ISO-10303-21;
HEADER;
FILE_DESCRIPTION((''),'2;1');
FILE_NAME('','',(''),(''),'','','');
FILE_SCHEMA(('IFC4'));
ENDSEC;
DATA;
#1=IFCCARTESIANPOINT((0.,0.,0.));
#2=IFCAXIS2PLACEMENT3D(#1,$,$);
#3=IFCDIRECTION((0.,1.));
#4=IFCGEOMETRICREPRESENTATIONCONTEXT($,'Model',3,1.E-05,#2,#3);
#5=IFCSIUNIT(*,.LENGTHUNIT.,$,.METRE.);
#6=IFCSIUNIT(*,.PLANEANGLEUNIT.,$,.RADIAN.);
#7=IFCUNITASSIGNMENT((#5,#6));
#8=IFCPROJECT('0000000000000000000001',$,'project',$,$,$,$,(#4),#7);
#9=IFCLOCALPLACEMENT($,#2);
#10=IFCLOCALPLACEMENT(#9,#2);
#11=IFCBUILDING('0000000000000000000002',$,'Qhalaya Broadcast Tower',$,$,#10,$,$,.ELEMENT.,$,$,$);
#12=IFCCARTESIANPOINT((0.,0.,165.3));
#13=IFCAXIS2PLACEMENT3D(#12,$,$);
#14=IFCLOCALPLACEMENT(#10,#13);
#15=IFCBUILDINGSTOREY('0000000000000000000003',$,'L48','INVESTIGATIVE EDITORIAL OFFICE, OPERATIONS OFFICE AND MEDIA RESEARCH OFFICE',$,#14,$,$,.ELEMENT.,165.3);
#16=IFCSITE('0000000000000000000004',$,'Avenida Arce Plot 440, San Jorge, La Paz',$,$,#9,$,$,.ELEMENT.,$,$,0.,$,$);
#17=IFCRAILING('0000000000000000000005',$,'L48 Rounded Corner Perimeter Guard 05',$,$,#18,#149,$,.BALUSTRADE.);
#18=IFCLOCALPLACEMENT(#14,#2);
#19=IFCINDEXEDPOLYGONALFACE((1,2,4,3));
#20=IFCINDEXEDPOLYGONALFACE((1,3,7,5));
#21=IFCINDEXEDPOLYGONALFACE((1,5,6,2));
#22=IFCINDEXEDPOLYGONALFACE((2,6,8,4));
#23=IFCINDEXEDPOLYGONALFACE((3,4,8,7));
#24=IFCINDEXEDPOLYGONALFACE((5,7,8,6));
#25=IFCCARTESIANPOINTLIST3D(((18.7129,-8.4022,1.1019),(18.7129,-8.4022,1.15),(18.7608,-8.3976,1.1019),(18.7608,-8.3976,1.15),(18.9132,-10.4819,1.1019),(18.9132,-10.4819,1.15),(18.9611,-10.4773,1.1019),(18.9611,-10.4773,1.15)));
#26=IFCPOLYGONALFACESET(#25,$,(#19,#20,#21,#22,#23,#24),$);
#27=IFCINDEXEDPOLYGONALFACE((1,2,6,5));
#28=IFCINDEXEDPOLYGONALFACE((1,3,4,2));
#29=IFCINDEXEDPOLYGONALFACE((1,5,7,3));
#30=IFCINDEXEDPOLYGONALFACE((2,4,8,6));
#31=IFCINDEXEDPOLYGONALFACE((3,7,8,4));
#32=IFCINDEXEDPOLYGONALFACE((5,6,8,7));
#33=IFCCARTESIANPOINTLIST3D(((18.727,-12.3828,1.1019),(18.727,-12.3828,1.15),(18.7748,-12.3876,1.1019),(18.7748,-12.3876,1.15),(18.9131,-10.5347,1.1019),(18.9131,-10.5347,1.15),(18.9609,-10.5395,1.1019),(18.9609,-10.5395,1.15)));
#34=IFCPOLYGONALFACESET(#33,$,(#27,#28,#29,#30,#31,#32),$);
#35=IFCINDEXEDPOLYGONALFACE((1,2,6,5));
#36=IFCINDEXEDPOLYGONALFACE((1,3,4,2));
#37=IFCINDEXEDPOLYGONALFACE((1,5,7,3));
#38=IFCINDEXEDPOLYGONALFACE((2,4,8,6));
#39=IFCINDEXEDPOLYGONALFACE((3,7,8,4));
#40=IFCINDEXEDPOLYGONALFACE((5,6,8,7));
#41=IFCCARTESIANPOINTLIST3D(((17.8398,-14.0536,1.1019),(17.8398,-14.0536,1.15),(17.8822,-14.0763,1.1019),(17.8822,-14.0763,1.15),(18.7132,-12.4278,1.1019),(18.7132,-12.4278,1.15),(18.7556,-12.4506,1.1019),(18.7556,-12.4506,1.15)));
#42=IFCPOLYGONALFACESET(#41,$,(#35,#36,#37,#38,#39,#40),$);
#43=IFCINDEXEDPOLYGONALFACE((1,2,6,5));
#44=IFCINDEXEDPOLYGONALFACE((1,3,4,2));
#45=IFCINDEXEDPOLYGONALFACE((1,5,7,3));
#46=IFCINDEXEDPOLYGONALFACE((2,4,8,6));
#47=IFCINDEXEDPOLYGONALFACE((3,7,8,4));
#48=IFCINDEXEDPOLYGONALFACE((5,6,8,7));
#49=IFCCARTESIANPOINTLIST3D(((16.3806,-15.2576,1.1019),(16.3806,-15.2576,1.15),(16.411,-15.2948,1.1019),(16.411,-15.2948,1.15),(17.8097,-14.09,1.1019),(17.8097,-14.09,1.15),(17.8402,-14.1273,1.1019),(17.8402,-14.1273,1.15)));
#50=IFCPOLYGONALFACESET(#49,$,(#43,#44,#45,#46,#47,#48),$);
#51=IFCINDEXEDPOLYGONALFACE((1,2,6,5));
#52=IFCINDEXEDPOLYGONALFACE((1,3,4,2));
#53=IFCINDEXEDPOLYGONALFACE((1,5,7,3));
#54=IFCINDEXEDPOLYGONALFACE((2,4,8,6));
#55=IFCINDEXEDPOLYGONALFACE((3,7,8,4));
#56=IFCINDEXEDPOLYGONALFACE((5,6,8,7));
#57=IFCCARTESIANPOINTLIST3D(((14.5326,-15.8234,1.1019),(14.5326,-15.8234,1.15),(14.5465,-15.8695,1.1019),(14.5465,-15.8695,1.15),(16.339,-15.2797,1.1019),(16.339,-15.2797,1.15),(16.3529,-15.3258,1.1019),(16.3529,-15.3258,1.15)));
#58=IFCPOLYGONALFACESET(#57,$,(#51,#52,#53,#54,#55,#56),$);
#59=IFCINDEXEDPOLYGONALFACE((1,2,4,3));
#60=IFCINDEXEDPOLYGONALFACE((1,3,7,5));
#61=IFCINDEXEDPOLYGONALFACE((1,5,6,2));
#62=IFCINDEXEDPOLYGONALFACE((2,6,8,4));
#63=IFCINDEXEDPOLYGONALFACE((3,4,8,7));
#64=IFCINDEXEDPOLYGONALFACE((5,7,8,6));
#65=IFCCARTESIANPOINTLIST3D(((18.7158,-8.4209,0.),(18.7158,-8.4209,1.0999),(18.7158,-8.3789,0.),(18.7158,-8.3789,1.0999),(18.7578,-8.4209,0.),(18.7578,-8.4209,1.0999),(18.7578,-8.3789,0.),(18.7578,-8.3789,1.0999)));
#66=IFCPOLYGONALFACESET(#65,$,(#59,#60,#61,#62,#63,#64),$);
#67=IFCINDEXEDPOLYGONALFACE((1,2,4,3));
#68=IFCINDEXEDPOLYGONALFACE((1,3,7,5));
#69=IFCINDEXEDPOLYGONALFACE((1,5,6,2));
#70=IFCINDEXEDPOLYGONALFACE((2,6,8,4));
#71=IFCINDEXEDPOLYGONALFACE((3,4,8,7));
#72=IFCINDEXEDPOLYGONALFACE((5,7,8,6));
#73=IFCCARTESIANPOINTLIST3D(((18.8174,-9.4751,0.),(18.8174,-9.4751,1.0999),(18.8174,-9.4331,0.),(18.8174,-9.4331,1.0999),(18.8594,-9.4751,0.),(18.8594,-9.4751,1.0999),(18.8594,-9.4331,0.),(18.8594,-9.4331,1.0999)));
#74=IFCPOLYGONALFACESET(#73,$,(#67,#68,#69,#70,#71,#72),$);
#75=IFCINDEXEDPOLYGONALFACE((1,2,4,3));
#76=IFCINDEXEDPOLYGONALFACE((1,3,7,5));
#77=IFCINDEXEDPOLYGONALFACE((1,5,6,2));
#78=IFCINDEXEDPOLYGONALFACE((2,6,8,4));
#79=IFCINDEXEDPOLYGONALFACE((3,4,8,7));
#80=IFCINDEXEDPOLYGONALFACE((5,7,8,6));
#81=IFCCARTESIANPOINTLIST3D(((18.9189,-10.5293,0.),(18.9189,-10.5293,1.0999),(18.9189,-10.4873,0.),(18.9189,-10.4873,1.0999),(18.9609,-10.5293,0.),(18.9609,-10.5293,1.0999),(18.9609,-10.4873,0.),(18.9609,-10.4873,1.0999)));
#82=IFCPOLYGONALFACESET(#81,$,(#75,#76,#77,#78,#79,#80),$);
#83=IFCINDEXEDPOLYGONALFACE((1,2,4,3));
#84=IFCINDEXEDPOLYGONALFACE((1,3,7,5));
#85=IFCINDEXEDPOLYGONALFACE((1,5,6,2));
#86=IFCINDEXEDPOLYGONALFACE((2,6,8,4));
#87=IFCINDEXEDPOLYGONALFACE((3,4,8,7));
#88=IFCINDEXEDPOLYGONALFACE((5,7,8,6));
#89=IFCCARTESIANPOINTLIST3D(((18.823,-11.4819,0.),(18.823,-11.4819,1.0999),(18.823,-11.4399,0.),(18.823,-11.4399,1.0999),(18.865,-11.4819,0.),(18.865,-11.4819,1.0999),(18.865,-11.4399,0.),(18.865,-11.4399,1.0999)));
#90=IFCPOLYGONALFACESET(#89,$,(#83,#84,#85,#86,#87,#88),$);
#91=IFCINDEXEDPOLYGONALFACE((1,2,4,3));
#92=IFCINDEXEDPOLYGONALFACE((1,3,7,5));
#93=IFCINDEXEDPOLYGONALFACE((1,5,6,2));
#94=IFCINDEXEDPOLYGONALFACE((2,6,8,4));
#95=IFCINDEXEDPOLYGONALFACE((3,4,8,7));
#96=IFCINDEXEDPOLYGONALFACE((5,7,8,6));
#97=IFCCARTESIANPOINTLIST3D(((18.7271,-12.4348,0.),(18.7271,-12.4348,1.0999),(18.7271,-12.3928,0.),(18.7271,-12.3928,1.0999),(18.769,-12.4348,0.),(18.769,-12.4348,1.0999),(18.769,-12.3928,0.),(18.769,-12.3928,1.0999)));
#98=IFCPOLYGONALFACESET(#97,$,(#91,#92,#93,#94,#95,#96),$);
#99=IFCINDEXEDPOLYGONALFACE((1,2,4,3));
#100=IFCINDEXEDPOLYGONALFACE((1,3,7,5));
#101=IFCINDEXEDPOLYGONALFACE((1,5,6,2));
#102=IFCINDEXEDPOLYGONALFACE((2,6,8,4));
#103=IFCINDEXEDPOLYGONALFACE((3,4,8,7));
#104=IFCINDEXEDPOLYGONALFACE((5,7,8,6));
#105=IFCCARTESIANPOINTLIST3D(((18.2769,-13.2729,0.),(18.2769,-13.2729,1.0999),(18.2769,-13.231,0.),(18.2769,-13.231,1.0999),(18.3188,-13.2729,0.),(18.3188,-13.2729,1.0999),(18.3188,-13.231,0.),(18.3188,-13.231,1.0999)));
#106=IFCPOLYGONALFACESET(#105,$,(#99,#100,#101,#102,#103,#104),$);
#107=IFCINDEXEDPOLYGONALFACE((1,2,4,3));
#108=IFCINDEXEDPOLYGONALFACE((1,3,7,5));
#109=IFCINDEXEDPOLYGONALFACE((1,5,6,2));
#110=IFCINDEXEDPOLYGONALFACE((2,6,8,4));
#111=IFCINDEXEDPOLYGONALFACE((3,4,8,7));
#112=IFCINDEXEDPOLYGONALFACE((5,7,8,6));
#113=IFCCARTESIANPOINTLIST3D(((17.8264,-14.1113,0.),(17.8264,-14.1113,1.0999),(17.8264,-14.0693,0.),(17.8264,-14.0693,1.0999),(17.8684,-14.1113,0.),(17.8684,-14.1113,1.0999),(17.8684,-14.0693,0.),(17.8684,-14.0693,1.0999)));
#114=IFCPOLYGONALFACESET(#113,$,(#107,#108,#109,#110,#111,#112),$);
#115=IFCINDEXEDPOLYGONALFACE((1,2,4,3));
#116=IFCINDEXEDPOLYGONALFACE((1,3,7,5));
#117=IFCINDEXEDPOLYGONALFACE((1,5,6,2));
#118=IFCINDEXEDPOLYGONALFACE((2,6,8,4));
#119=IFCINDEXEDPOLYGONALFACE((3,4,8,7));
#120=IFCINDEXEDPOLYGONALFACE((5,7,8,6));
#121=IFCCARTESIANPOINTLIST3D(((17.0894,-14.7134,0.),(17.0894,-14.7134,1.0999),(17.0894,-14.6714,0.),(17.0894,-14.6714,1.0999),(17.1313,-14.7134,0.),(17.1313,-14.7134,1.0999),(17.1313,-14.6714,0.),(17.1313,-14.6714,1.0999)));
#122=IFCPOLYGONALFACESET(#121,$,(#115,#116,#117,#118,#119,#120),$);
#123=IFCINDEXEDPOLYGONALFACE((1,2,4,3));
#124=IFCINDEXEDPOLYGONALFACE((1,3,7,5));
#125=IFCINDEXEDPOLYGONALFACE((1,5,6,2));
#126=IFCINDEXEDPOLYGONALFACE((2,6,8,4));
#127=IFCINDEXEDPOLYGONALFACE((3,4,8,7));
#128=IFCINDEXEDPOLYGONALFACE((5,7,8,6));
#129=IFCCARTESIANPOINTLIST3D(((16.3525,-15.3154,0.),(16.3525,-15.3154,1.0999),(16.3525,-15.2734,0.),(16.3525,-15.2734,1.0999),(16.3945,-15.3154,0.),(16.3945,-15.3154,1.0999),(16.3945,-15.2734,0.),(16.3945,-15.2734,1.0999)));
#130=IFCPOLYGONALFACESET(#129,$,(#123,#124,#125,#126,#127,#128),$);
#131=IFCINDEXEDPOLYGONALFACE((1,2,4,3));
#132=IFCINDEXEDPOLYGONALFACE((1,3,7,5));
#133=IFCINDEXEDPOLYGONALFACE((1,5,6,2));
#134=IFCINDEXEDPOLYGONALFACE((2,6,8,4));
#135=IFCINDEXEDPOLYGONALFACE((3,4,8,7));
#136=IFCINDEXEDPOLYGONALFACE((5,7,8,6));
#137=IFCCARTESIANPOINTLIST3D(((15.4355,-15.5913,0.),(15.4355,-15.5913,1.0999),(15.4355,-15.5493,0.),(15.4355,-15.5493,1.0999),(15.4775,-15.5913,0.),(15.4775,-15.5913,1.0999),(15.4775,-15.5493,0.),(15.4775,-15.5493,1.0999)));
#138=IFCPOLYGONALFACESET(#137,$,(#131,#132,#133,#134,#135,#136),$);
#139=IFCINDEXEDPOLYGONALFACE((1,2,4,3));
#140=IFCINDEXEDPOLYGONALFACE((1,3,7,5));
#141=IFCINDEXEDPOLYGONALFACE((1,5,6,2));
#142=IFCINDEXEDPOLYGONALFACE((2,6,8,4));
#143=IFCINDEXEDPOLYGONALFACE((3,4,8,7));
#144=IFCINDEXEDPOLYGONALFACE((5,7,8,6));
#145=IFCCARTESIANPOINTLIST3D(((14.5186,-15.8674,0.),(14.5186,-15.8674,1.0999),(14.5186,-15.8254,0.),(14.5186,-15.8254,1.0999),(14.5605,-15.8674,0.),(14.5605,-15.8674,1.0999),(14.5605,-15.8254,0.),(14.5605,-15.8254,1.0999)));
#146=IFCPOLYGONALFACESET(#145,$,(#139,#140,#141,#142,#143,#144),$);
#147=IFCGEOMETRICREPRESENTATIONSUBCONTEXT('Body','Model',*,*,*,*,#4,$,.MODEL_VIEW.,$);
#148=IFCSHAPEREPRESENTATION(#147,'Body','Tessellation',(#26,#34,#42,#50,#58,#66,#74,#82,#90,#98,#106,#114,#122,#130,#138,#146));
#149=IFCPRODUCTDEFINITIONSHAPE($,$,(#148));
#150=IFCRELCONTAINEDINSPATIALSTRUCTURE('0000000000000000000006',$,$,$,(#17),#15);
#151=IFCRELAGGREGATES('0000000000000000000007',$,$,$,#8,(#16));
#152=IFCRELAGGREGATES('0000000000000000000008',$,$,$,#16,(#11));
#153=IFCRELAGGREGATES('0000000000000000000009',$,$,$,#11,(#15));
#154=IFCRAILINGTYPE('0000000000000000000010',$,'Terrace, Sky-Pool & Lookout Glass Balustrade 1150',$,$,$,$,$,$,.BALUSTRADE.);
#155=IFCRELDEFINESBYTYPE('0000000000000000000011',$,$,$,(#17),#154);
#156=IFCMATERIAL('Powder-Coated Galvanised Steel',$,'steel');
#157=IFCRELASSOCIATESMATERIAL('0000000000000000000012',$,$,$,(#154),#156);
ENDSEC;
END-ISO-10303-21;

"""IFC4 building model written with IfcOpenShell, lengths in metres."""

from ifc_helpers import new_model, si_unit, direction, frame, origin, origin_2d, place, context, subcontext, project, spatial, rectangle, extrude, material, type_object, element, save


model = new_model("IFC4")

# Units and contexts
model_context = context("Model", 3, precision=1e-05, world=origin(), true_north=direction((0.0, 1.0)))
body_context = subcontext(model_context, "Body", "Model", "MODEL_VIEW")
ifc_project = project(units=[si_unit("LENGTHUNIT", "METRE"), si_unit("PLANEANGLEUNIT", "RADIAN")], contexts=[model_context])

# Site, building, storey
site_placement = place(None, origin())
site = spatial("IfcSite", under=ifc_project, at=site_placement, Name="Avenida Arce Plot 440, San Jorge, La Paz", CompositionType="ELEMENT", RefElevation=0.0)
building_placement = place(site_placement, origin())
building = spatial("IfcBuilding", under=site, at=building_placement, Name="Qhalaya Broadcast Tower", CompositionType="ELEMENT")
storey_placement = place(building_placement, frame((0.0, 0.0, 165.3)))
storey = spatial("IfcBuildingStorey", under=building, at=storey_placement, Name="L48", Description="INVESTIGATIVE EDITORIAL OFFICE, OPERATIONS OFFICE AND MEDIA RESEARCH OFFICE", CompositionType="ELEMENT", Elevation=165.3)

# Railing
ifc_material_1 = material(Name="Powder-Coated Galvanised Steel", Category="steel")
railing_type = type_object("IfcRailingType", Name="Terrace, Sky-Pool & Lookout Glass Balustrade 1150", PredefinedType="BALUSTRADE", material=ifc_material_1)
railing_1_placement = place(storey_placement, frame((18.7368, -8.3999, 0.0)))
element("IfcRailing", 1, at=railing_1_placement, inside=storey, type_object=railing_type, Name="L48 Rounded Corner Perimeter Guard 05", PredefinedType="BALUSTRADE", context=body_context, shape_type="SweptSolid", body=[
    extrude(rectangle(XDim=0.0481, YDim=0.0481, at=origin_2d()), frame((0.0, 0.0, 1.126), z_axis=(0.095897, -0.995391, 0.0), x_axis=(0.995391, 0.095897, 0.0)), (0.0, 0.0, 1.0), 2.0894),
    extrude(rectangle(XDim=0.0481, YDim=0.0481, at=origin_2d()), frame((0.2002, -2.1372, 1.126), z_axis=(-0.100198, -0.994968, 0.0), x_axis=(0.994968, -0.100198, 0.0)), (0.0, 0.0, 1.0), 1.8574),
    extrude(rectangle(XDim=0.0481, YDim=0.0481, at=origin_2d()), frame((-0.0024, -4.0393, 1.126), z_axis=(-0.473243, -0.880932, 0.0), x_axis=(0.880932, -0.473243, 0.0)), (0.0, 0.0, 1.0), 1.8455),
    extrude(rectangle(XDim=0.0481, YDim=0.0481, at=origin_2d()), frame((-0.9119, -5.7087, 1.126), z_axis=(-0.77442, -0.632672, 0.0), x_axis=(0.632672, -0.77442, 0.0)), (0.0, 0.0, 1.0), 1.8455),
    extrude(rectangle(XDim=0.0481, YDim=0.0481, at=origin_2d()), frame((-2.3909, -6.9028, 1.126), z_axis=(-0.957566, -0.288213, 0.0), x_axis=(0.288213, -0.957566, 0.0)), (0.0, 0.0, 1.0), 1.8865),
    extrude(rectangle(XDim=0.042, YDim=0.042, at=origin_2d()), origin(), (0.0, 0.0, 1.0), 1.0999),
    extrude(rectangle(XDim=0.042, YDim=0.042, at=origin_2d()), frame((0.1016, -1.0542, 0.0)), (0.0, 0.0, 1.0), 1.0999),
    extrude(rectangle(XDim=0.042, YDim=0.042, at=origin_2d()), frame((0.2031, -2.1084, 0.0)), (0.0, 0.0, 1.0), 1.0999),
    extrude(rectangle(XDim=0.042, YDim=0.042, at=origin_2d()), frame((0.1072, -3.061, 0.0)), (0.0, 0.0, 1.0), 1.0999),
    extrude(rectangle(XDim=0.042, YDim=0.042, at=origin_2d()), frame((0.0112, -4.0139, 0.0)), (0.0, 0.0, 1.0), 1.0999),
    extrude(rectangle(XDim=0.042, YDim=0.042, at=origin_2d()), frame((-0.439, -4.8521, 0.0)), (0.0, 0.0, 1.0), 1.0999),
    extrude(rectangle(XDim=0.042, YDim=0.042, at=origin_2d()), frame((-0.8894, -5.6904, 0.0)), (0.0, 0.0, 1.0), 1.0999),
    extrude(rectangle(XDim=0.042, YDim=0.042, at=origin_2d()), frame((-1.6265, -6.2925, 0.0)), (0.0, 0.0, 1.0), 1.0999),
    extrude(rectangle(XDim=0.042, YDim=0.042, at=origin_2d()), frame((-2.3633, -6.8945, 0.0)), (0.0, 0.0, 1.0), 1.0999),
    extrude(rectangle(XDim=0.042, YDim=0.042, at=origin_2d()), frame((-3.2803, -7.1704, 0.0)), (0.0, 0.0, 1.0), 1.0999),
    extrude(rectangle(XDim=0.042, YDim=0.042, at=origin_2d()), frame((-4.1973, -7.4465, 0.0)), (0.0, 0.0, 1.0), 1.0999),
])

save(model, "model.ifc")
